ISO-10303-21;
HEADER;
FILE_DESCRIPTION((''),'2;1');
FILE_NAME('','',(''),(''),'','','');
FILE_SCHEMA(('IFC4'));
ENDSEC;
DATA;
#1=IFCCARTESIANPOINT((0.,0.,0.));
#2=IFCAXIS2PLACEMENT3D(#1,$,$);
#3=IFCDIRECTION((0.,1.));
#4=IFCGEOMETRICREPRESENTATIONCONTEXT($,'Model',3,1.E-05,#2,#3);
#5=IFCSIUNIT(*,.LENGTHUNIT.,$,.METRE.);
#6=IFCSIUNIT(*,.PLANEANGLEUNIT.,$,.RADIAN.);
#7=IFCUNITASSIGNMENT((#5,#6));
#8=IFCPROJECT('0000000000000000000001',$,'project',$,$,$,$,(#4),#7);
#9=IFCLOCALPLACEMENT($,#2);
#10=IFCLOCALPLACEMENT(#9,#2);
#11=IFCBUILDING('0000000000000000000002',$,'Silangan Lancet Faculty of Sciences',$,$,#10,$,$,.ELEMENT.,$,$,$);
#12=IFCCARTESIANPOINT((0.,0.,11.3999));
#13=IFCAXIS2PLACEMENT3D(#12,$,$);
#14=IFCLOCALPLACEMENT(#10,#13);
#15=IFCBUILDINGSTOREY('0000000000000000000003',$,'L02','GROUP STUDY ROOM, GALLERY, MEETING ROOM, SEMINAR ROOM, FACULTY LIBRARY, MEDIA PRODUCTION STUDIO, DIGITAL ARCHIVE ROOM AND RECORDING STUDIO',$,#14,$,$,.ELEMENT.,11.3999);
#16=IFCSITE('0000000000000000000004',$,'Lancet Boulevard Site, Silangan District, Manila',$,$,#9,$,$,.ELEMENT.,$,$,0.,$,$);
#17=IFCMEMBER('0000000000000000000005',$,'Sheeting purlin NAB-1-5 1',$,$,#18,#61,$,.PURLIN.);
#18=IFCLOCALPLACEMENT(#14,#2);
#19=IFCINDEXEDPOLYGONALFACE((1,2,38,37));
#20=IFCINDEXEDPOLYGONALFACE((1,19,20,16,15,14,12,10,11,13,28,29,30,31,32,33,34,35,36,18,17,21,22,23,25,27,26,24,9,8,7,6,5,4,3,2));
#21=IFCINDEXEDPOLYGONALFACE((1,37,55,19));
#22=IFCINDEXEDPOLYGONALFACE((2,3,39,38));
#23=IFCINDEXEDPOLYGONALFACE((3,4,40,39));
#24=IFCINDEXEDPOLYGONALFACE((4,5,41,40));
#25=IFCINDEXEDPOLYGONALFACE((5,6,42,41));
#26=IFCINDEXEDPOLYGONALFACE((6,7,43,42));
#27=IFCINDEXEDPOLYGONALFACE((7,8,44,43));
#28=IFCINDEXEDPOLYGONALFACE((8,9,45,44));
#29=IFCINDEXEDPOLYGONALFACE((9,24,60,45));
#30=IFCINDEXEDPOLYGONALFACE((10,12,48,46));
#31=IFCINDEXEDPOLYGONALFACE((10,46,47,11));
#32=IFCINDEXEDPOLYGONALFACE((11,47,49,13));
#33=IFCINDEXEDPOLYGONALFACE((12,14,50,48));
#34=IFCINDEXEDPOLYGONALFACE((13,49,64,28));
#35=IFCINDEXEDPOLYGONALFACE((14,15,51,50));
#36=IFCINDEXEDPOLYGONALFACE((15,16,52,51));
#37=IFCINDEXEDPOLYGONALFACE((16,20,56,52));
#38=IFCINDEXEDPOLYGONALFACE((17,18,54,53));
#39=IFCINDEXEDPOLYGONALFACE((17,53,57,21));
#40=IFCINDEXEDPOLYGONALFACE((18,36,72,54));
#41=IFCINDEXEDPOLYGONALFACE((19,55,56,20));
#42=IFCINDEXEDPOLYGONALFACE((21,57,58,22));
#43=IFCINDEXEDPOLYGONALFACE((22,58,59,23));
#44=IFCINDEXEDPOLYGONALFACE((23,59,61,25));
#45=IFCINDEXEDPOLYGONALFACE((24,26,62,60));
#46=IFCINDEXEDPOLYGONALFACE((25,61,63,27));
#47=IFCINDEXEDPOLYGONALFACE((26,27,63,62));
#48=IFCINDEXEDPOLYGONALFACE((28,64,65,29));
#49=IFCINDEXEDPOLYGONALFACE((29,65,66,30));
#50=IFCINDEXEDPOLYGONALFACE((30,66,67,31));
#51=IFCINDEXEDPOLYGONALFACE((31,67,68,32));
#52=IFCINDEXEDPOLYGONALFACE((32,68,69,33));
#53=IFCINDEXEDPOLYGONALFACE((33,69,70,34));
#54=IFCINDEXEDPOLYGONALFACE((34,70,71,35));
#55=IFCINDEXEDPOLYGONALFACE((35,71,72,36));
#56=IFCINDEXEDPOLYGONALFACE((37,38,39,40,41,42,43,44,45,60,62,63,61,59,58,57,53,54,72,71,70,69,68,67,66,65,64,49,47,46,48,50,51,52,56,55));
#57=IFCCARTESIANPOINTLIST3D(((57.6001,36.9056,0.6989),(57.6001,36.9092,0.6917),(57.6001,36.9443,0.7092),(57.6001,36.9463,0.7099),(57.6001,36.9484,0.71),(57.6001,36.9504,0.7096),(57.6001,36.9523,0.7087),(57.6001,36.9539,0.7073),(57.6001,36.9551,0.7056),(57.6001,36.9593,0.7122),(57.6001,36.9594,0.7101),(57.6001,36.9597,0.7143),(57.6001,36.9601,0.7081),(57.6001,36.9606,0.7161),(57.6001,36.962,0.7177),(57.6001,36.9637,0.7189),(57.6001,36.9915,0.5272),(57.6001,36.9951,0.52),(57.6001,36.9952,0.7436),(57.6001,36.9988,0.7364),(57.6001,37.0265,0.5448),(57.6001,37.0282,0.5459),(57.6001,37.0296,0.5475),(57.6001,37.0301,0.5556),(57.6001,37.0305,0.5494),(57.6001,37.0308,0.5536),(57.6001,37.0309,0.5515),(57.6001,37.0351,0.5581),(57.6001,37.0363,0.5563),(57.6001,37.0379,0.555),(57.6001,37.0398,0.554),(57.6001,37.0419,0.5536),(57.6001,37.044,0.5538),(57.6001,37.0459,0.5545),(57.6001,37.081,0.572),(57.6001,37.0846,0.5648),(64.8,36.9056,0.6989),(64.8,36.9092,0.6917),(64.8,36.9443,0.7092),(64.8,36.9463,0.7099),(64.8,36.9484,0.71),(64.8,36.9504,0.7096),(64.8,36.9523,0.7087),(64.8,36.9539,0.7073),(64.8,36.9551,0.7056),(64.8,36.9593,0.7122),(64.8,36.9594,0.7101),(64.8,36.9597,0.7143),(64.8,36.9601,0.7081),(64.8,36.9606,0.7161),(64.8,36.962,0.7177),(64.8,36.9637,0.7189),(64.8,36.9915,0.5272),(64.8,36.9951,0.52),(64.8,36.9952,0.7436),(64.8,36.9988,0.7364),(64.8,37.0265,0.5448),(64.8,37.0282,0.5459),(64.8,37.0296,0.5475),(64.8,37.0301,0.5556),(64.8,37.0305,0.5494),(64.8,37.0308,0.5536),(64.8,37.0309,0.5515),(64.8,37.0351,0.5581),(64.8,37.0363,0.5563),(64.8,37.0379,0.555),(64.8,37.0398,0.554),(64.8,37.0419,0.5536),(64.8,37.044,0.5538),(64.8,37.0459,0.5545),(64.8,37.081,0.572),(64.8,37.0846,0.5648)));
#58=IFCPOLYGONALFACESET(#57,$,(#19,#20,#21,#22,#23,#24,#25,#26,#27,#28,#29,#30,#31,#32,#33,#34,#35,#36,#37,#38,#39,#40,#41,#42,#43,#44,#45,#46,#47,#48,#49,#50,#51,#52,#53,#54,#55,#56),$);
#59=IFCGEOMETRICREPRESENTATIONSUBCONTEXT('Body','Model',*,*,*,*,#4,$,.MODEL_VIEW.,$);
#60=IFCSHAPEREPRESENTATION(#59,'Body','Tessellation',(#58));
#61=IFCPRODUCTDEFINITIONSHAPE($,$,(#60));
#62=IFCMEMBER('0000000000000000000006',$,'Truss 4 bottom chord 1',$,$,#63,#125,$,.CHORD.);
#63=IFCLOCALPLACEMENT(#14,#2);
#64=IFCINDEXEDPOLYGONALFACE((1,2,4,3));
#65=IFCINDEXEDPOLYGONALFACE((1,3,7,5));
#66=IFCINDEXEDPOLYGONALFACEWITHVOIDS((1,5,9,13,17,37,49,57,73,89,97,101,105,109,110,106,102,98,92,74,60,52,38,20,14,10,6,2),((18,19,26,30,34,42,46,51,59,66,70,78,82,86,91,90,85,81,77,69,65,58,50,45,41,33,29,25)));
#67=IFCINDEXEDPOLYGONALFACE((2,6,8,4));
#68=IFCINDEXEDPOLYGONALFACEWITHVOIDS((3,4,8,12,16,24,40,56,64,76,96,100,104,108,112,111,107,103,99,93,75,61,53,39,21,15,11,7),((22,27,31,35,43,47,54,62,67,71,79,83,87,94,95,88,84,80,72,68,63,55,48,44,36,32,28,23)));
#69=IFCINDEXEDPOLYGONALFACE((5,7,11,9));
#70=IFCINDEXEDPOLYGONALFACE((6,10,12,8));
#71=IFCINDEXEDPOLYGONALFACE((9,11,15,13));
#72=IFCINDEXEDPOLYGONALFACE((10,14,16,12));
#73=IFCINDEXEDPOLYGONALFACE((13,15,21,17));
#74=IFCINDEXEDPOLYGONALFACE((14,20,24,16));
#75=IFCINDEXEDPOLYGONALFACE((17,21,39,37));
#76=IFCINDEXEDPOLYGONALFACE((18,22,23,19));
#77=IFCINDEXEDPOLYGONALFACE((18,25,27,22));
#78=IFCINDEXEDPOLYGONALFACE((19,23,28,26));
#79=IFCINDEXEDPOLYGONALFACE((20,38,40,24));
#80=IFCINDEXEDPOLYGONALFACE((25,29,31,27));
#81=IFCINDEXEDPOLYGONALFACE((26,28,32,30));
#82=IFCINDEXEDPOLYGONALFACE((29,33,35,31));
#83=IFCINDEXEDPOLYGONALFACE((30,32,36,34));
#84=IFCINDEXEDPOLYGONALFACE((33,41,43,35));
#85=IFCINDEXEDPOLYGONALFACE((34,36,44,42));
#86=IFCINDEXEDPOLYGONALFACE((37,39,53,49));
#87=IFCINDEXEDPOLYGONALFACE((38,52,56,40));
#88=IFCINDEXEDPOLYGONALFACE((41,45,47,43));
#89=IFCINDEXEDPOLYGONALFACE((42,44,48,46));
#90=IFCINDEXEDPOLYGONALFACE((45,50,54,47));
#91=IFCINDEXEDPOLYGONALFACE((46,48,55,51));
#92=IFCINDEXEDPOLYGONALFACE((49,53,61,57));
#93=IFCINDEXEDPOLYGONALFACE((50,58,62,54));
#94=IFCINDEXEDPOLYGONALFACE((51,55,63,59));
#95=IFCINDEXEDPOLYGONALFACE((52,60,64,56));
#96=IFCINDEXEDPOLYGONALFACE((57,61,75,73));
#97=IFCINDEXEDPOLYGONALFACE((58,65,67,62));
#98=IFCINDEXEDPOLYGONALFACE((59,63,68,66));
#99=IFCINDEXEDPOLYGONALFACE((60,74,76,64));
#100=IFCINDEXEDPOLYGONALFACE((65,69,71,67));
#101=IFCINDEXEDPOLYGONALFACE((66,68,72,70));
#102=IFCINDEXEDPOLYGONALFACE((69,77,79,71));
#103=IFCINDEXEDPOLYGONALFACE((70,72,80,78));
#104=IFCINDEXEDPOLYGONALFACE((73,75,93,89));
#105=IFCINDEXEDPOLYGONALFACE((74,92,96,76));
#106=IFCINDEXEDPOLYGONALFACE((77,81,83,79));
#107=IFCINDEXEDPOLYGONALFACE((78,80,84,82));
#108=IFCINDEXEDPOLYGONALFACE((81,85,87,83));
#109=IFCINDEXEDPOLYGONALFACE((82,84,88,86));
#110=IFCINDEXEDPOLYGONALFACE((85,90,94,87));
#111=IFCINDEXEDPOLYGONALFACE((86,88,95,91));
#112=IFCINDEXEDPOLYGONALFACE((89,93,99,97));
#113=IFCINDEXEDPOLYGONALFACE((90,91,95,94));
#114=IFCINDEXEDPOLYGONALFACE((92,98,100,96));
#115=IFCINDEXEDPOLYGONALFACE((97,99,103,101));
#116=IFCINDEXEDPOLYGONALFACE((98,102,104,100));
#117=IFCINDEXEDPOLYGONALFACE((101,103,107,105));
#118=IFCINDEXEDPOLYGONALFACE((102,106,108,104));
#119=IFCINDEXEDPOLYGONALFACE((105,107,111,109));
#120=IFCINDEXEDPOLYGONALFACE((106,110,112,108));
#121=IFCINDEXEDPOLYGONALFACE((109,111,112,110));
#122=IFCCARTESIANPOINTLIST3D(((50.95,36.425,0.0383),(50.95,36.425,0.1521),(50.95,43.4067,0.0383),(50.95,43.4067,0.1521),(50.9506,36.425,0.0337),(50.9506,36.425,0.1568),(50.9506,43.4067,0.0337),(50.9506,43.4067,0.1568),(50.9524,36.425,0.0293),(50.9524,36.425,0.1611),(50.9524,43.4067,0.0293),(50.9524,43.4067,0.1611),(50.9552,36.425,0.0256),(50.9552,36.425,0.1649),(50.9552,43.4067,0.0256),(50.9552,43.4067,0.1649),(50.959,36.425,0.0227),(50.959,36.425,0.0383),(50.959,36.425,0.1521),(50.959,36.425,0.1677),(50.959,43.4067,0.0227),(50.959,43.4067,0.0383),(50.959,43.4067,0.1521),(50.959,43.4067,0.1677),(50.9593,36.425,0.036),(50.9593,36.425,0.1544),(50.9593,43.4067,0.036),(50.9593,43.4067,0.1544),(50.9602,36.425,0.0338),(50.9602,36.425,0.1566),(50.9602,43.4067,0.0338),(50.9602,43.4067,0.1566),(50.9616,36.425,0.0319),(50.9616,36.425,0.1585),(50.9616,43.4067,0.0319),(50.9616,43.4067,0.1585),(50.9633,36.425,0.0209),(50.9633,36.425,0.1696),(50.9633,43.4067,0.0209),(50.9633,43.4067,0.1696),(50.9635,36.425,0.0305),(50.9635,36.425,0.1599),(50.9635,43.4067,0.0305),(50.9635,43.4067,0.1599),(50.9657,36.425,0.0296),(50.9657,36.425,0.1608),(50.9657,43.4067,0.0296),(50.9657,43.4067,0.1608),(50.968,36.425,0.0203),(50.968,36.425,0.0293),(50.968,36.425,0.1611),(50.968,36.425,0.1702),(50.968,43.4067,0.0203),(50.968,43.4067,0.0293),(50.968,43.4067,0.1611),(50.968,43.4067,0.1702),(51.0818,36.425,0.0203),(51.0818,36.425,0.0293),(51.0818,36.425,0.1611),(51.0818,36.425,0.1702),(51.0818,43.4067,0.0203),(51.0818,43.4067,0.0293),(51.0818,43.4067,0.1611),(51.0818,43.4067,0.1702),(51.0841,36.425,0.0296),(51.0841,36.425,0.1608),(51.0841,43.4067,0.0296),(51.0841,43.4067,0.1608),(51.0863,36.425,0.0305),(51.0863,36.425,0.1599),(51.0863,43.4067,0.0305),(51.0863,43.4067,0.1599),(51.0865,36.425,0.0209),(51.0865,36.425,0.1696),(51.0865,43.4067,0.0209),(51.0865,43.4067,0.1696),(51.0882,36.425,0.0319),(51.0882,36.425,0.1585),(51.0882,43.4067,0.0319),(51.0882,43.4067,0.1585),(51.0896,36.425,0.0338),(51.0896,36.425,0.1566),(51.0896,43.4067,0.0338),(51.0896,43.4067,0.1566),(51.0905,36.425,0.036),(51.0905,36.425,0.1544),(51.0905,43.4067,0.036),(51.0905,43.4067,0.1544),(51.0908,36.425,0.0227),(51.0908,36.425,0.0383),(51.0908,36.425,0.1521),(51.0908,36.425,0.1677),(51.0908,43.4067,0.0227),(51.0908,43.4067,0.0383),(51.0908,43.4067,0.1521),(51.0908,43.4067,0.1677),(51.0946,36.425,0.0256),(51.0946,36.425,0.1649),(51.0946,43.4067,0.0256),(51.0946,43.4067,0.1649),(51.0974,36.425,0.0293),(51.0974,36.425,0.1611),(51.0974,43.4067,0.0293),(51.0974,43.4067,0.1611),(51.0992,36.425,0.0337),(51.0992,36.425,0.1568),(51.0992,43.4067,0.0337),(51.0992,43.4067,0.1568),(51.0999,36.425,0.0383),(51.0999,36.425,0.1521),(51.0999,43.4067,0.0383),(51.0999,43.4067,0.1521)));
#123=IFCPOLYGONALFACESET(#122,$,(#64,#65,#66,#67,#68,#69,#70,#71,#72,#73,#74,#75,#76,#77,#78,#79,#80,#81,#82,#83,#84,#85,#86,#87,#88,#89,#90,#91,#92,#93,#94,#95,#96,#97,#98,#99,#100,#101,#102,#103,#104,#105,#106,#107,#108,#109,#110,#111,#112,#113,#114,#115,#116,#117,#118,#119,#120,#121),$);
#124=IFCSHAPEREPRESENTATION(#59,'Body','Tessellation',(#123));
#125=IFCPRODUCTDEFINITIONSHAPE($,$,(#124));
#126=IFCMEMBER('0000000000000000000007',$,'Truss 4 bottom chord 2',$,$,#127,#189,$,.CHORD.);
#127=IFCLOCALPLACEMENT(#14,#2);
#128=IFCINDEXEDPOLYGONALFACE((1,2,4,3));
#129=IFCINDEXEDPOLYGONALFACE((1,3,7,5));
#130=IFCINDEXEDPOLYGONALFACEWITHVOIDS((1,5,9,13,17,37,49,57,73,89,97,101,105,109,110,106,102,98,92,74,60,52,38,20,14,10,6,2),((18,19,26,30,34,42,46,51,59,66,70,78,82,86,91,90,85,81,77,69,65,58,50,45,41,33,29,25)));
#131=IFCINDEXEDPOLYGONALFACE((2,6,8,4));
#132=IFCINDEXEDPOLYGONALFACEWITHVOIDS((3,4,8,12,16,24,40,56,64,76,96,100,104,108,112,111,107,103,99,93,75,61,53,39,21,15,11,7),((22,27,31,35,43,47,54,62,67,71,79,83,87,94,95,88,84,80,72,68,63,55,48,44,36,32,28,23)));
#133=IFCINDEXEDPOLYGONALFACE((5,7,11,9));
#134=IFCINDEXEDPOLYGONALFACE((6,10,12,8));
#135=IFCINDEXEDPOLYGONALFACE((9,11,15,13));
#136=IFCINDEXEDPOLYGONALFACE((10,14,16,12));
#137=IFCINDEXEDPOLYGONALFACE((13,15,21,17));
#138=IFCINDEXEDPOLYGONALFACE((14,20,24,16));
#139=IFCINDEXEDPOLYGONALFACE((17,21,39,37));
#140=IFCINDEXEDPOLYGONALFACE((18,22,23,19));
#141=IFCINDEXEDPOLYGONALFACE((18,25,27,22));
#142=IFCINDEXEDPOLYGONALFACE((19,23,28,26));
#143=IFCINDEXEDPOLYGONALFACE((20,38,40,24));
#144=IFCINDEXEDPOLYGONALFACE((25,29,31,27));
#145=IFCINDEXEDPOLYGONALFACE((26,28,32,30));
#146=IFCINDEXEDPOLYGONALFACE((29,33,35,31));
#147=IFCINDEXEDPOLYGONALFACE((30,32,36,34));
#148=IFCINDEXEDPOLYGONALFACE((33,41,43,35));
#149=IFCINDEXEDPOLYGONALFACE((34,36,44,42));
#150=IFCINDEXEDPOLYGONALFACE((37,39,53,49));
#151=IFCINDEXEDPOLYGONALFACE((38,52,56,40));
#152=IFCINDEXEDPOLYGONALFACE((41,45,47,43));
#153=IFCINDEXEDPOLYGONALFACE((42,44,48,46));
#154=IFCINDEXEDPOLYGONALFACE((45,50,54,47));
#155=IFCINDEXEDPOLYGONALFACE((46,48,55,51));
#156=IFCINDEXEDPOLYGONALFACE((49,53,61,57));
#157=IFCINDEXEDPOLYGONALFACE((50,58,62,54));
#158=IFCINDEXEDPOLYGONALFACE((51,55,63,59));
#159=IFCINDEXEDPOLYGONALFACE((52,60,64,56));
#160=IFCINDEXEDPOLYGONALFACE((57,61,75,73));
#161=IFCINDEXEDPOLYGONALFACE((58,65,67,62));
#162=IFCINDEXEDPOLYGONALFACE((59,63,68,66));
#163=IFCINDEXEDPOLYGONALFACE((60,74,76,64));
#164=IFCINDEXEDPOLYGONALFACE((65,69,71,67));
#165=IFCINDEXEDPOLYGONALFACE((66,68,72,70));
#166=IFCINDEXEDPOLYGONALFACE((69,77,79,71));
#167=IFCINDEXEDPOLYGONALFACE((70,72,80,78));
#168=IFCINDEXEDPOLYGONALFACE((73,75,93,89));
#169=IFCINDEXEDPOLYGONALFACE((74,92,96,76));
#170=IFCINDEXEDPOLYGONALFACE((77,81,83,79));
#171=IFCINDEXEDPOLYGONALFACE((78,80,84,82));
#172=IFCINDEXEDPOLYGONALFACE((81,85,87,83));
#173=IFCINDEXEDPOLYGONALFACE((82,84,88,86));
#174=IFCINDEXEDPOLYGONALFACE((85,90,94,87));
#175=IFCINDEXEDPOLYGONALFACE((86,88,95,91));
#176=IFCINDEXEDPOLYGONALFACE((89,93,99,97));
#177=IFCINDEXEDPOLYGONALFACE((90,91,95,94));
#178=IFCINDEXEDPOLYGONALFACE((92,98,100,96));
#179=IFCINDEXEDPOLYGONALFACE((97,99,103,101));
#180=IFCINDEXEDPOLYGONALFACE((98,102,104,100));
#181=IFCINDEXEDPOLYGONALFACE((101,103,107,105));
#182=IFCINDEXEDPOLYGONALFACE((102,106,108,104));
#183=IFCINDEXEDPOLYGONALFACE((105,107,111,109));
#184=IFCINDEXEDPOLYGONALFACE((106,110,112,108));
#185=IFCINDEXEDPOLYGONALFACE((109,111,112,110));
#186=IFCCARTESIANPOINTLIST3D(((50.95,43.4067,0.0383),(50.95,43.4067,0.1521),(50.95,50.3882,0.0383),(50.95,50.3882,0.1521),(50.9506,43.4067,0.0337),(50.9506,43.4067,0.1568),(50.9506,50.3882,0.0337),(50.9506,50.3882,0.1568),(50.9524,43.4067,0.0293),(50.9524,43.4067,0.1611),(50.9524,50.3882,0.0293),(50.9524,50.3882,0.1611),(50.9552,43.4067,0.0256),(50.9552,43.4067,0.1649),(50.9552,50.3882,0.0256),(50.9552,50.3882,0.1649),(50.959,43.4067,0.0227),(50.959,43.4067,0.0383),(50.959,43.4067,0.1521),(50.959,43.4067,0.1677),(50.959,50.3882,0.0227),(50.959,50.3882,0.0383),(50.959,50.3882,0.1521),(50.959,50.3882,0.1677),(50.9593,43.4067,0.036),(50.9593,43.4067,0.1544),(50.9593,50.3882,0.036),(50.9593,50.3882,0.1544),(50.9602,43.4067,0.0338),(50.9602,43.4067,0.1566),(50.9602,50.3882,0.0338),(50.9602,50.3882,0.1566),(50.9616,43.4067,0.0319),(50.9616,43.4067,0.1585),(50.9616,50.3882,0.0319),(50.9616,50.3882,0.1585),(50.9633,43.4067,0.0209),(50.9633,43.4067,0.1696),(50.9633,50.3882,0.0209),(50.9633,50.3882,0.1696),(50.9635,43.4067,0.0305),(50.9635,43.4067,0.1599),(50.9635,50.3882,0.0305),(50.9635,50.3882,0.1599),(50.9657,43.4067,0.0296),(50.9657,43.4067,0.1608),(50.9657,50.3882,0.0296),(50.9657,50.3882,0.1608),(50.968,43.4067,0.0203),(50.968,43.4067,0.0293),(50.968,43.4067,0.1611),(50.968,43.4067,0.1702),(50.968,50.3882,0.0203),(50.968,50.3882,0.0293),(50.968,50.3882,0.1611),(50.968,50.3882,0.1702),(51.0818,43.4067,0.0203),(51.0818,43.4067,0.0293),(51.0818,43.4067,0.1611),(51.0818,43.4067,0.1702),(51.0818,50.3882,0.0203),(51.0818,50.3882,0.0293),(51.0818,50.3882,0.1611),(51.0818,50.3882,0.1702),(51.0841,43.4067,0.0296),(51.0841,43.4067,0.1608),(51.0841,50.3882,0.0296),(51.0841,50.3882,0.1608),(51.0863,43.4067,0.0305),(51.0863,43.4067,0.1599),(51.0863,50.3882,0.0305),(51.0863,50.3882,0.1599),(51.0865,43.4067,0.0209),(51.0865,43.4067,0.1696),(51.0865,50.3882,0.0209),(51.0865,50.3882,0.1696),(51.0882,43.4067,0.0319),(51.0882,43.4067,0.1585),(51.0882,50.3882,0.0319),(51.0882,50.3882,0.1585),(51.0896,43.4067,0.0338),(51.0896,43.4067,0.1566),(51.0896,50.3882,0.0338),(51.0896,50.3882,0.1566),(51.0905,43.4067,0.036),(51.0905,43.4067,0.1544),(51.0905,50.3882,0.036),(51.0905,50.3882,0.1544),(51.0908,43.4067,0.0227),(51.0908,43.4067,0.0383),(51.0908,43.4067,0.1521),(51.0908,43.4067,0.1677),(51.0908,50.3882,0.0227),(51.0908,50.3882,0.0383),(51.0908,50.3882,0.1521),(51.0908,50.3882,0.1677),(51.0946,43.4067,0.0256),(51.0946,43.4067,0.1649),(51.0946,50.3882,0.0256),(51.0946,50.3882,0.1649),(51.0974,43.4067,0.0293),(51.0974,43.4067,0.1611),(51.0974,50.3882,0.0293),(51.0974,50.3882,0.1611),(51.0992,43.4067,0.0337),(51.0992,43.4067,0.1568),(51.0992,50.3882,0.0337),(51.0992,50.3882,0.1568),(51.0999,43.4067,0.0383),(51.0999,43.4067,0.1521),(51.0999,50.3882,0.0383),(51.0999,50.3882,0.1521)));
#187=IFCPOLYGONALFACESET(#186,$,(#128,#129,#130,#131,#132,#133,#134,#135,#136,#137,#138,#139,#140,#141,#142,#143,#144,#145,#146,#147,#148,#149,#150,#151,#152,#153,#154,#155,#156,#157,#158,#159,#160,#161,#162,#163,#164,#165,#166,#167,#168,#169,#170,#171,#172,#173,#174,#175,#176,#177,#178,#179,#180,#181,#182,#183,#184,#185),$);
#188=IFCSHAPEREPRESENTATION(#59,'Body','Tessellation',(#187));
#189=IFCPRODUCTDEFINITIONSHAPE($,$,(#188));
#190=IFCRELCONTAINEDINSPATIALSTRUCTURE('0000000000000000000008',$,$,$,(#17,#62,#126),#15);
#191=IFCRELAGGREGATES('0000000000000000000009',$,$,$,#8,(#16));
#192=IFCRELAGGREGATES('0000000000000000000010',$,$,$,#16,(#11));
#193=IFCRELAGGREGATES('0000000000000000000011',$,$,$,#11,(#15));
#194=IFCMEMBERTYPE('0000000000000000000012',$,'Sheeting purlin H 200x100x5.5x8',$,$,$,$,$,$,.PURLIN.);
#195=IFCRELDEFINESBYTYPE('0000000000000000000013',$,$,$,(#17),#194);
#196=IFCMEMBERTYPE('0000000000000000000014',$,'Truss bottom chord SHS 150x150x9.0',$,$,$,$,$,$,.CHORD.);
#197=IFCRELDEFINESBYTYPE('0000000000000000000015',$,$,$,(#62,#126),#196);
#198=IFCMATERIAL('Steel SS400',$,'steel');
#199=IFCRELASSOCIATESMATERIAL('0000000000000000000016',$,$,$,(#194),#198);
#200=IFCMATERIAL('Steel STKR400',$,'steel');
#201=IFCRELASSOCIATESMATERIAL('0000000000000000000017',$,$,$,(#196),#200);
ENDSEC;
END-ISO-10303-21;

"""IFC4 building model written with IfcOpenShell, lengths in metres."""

from ifc_helpers import new_model, si_unit, direction, frame, origin, origin_2d, place, context, subcontext, project, spatial, hollow_rectangle, i_section, extrude, material, material_profile, profile_set, type_object, element, save


model = new_model("IFC4")

# Units and contexts
model_context = context("Model", 3, precision=1e-05, world=origin(), true_north=direction((0.0, 1.0)))
body_context = subcontext(model_context, "Body", "Model", "MODEL_VIEW")
ifc_project = project(units=[si_unit("LENGTHUNIT", "METRE"), si_unit("PLANEANGLEUNIT", "RADIAN")], contexts=[model_context])

# Site, building, storey
site_placement = place(None, origin())
site = spatial("IfcSite", under=ifc_project, at=site_placement, Name="Lancet Boulevard Site, Silangan District, Manila", CompositionType="ELEMENT", RefElevation=0.0)
building_placement = place(site_placement, origin())
building = spatial("IfcBuilding", under=site, at=building_placement, Name="Silangan Lancet Faculty of Sciences", CompositionType="ELEMENT")
storey_placement = place(building_placement, frame((0.0, 0.0, 11.3999)))
storey = spatial("IfcBuildingStorey", under=building, at=storey_placement, Name="L02", Description="GROUP STUDY ROOM, GALLERY, MEETING ROOM, SEMINAR ROOM, FACULTY LIBRARY, MEDIA PRODUCTION STUDIO, DIGITAL ARCHIVE ROOM AND RECORDING STUDIO", CompositionType="ELEMENT", Elevation=11.3999)

# Members
ifc_material_1 = material(Name="Steel SS400", Category="steel")
ifc_material_profile_1 = material_profile(ifc_material_1, i_section(OverallWidth=0.1001, OverallDepth=0.2, WebThickness=0.0056, FlangeThickness=0.0081, FilletRadius=0.0081, at=origin_2d()), Name="H 200x100x5.5x8")
ifc_profile_set_1 = profile_set([ifc_material_profile_1], Name="Steel SS400")
member_type_1 = type_object("IfcMemberType", Name="Sheeting purlin H 200x100x5.5x8", PredefinedType="PURLIN", material=ifc_profile_set_1)
member_1_placement = place(storey_placement, frame((57.6001, 36.9951, 0.6318), z_axis=(1.0, 0.0, 0.0), x_axis=(0.0, 0.894427, 0.447214)))
element("IfcMember", 1, at=member_1_placement, inside=storey, type_object=member_type_1, Name="Sheeting purlin NAB-1-5 1", PredefinedType="PURLIN", context=body_context, shape_type="SweptSolid", body=[
    extrude(i_section(OverallWidth=0.1001, OverallDepth=0.2, WebThickness=0.0056, FlangeThickness=0.0081, FilletRadius=0.0081, at=origin_2d()), origin(), (0.0, 0.0, 1.0), 7.2),
])
ifc_material_2 = material(Name="Steel STKR400", Category="steel")
ifc_material_profile_2 = material_profile(ifc_material_2, hollow_rectangle(XDim=0.1499, YDim=0.1499, WallThickness=0.009, InnerFilletRadius=0.009, OuterFilletRadius=0.0181, at=origin_2d()), Name="SHS 150x150x9.0")
ifc_profile_set_2 = profile_set([ifc_material_profile_2], Name="Steel STKR400")
member_type_2 = type_object("IfcMemberType", Name="Truss bottom chord SHS 150x150x9.0", PredefinedType="CHORD", material=ifc_profile_set_2)
member_2_placement = place(storey_placement, frame((51.0249, 36.425, 0.0952), z_axis=(0.0, 1.0, 0.0), x_axis=(-1.0, 0.0, 0.0)))
element("IfcMember", 2, at=member_2_placement, inside=storey, type_object=member_type_2, Name="Truss 4 bottom chord 1", PredefinedType="CHORD", context=body_context, shape_type="SweptSolid", body=[
    extrude(hollow_rectangle(XDim=0.1499, YDim=0.1499, WallThickness=0.009, InnerFilletRadius=0.009, OuterFilletRadius=0.0181, at=origin_2d()), origin(), (0.0, 0.0, 1.0), 6.9817),
])
member_3_placement = place(storey_placement, frame((51.0249, 43.4067, 0.0952), z_axis=(0.0, 1.0, 0.0), x_axis=(-1.0, 0.0, 0.0)))
element("IfcMember", 3, at=member_3_placement, inside=storey, type_object=member_type_2, Name="Truss 4 bottom chord 2", PredefinedType="CHORD", context=body_context, shape_type="SweptSolid", body=[
    extrude(hollow_rectangle(XDim=0.1499, YDim=0.1499, WallThickness=0.009, InnerFilletRadius=0.009, OuterFilletRadius=0.0181, at=origin_2d()), origin(), (0.0, 0.0, 1.0), 6.9814),
])

save(model, "model.ifc")
